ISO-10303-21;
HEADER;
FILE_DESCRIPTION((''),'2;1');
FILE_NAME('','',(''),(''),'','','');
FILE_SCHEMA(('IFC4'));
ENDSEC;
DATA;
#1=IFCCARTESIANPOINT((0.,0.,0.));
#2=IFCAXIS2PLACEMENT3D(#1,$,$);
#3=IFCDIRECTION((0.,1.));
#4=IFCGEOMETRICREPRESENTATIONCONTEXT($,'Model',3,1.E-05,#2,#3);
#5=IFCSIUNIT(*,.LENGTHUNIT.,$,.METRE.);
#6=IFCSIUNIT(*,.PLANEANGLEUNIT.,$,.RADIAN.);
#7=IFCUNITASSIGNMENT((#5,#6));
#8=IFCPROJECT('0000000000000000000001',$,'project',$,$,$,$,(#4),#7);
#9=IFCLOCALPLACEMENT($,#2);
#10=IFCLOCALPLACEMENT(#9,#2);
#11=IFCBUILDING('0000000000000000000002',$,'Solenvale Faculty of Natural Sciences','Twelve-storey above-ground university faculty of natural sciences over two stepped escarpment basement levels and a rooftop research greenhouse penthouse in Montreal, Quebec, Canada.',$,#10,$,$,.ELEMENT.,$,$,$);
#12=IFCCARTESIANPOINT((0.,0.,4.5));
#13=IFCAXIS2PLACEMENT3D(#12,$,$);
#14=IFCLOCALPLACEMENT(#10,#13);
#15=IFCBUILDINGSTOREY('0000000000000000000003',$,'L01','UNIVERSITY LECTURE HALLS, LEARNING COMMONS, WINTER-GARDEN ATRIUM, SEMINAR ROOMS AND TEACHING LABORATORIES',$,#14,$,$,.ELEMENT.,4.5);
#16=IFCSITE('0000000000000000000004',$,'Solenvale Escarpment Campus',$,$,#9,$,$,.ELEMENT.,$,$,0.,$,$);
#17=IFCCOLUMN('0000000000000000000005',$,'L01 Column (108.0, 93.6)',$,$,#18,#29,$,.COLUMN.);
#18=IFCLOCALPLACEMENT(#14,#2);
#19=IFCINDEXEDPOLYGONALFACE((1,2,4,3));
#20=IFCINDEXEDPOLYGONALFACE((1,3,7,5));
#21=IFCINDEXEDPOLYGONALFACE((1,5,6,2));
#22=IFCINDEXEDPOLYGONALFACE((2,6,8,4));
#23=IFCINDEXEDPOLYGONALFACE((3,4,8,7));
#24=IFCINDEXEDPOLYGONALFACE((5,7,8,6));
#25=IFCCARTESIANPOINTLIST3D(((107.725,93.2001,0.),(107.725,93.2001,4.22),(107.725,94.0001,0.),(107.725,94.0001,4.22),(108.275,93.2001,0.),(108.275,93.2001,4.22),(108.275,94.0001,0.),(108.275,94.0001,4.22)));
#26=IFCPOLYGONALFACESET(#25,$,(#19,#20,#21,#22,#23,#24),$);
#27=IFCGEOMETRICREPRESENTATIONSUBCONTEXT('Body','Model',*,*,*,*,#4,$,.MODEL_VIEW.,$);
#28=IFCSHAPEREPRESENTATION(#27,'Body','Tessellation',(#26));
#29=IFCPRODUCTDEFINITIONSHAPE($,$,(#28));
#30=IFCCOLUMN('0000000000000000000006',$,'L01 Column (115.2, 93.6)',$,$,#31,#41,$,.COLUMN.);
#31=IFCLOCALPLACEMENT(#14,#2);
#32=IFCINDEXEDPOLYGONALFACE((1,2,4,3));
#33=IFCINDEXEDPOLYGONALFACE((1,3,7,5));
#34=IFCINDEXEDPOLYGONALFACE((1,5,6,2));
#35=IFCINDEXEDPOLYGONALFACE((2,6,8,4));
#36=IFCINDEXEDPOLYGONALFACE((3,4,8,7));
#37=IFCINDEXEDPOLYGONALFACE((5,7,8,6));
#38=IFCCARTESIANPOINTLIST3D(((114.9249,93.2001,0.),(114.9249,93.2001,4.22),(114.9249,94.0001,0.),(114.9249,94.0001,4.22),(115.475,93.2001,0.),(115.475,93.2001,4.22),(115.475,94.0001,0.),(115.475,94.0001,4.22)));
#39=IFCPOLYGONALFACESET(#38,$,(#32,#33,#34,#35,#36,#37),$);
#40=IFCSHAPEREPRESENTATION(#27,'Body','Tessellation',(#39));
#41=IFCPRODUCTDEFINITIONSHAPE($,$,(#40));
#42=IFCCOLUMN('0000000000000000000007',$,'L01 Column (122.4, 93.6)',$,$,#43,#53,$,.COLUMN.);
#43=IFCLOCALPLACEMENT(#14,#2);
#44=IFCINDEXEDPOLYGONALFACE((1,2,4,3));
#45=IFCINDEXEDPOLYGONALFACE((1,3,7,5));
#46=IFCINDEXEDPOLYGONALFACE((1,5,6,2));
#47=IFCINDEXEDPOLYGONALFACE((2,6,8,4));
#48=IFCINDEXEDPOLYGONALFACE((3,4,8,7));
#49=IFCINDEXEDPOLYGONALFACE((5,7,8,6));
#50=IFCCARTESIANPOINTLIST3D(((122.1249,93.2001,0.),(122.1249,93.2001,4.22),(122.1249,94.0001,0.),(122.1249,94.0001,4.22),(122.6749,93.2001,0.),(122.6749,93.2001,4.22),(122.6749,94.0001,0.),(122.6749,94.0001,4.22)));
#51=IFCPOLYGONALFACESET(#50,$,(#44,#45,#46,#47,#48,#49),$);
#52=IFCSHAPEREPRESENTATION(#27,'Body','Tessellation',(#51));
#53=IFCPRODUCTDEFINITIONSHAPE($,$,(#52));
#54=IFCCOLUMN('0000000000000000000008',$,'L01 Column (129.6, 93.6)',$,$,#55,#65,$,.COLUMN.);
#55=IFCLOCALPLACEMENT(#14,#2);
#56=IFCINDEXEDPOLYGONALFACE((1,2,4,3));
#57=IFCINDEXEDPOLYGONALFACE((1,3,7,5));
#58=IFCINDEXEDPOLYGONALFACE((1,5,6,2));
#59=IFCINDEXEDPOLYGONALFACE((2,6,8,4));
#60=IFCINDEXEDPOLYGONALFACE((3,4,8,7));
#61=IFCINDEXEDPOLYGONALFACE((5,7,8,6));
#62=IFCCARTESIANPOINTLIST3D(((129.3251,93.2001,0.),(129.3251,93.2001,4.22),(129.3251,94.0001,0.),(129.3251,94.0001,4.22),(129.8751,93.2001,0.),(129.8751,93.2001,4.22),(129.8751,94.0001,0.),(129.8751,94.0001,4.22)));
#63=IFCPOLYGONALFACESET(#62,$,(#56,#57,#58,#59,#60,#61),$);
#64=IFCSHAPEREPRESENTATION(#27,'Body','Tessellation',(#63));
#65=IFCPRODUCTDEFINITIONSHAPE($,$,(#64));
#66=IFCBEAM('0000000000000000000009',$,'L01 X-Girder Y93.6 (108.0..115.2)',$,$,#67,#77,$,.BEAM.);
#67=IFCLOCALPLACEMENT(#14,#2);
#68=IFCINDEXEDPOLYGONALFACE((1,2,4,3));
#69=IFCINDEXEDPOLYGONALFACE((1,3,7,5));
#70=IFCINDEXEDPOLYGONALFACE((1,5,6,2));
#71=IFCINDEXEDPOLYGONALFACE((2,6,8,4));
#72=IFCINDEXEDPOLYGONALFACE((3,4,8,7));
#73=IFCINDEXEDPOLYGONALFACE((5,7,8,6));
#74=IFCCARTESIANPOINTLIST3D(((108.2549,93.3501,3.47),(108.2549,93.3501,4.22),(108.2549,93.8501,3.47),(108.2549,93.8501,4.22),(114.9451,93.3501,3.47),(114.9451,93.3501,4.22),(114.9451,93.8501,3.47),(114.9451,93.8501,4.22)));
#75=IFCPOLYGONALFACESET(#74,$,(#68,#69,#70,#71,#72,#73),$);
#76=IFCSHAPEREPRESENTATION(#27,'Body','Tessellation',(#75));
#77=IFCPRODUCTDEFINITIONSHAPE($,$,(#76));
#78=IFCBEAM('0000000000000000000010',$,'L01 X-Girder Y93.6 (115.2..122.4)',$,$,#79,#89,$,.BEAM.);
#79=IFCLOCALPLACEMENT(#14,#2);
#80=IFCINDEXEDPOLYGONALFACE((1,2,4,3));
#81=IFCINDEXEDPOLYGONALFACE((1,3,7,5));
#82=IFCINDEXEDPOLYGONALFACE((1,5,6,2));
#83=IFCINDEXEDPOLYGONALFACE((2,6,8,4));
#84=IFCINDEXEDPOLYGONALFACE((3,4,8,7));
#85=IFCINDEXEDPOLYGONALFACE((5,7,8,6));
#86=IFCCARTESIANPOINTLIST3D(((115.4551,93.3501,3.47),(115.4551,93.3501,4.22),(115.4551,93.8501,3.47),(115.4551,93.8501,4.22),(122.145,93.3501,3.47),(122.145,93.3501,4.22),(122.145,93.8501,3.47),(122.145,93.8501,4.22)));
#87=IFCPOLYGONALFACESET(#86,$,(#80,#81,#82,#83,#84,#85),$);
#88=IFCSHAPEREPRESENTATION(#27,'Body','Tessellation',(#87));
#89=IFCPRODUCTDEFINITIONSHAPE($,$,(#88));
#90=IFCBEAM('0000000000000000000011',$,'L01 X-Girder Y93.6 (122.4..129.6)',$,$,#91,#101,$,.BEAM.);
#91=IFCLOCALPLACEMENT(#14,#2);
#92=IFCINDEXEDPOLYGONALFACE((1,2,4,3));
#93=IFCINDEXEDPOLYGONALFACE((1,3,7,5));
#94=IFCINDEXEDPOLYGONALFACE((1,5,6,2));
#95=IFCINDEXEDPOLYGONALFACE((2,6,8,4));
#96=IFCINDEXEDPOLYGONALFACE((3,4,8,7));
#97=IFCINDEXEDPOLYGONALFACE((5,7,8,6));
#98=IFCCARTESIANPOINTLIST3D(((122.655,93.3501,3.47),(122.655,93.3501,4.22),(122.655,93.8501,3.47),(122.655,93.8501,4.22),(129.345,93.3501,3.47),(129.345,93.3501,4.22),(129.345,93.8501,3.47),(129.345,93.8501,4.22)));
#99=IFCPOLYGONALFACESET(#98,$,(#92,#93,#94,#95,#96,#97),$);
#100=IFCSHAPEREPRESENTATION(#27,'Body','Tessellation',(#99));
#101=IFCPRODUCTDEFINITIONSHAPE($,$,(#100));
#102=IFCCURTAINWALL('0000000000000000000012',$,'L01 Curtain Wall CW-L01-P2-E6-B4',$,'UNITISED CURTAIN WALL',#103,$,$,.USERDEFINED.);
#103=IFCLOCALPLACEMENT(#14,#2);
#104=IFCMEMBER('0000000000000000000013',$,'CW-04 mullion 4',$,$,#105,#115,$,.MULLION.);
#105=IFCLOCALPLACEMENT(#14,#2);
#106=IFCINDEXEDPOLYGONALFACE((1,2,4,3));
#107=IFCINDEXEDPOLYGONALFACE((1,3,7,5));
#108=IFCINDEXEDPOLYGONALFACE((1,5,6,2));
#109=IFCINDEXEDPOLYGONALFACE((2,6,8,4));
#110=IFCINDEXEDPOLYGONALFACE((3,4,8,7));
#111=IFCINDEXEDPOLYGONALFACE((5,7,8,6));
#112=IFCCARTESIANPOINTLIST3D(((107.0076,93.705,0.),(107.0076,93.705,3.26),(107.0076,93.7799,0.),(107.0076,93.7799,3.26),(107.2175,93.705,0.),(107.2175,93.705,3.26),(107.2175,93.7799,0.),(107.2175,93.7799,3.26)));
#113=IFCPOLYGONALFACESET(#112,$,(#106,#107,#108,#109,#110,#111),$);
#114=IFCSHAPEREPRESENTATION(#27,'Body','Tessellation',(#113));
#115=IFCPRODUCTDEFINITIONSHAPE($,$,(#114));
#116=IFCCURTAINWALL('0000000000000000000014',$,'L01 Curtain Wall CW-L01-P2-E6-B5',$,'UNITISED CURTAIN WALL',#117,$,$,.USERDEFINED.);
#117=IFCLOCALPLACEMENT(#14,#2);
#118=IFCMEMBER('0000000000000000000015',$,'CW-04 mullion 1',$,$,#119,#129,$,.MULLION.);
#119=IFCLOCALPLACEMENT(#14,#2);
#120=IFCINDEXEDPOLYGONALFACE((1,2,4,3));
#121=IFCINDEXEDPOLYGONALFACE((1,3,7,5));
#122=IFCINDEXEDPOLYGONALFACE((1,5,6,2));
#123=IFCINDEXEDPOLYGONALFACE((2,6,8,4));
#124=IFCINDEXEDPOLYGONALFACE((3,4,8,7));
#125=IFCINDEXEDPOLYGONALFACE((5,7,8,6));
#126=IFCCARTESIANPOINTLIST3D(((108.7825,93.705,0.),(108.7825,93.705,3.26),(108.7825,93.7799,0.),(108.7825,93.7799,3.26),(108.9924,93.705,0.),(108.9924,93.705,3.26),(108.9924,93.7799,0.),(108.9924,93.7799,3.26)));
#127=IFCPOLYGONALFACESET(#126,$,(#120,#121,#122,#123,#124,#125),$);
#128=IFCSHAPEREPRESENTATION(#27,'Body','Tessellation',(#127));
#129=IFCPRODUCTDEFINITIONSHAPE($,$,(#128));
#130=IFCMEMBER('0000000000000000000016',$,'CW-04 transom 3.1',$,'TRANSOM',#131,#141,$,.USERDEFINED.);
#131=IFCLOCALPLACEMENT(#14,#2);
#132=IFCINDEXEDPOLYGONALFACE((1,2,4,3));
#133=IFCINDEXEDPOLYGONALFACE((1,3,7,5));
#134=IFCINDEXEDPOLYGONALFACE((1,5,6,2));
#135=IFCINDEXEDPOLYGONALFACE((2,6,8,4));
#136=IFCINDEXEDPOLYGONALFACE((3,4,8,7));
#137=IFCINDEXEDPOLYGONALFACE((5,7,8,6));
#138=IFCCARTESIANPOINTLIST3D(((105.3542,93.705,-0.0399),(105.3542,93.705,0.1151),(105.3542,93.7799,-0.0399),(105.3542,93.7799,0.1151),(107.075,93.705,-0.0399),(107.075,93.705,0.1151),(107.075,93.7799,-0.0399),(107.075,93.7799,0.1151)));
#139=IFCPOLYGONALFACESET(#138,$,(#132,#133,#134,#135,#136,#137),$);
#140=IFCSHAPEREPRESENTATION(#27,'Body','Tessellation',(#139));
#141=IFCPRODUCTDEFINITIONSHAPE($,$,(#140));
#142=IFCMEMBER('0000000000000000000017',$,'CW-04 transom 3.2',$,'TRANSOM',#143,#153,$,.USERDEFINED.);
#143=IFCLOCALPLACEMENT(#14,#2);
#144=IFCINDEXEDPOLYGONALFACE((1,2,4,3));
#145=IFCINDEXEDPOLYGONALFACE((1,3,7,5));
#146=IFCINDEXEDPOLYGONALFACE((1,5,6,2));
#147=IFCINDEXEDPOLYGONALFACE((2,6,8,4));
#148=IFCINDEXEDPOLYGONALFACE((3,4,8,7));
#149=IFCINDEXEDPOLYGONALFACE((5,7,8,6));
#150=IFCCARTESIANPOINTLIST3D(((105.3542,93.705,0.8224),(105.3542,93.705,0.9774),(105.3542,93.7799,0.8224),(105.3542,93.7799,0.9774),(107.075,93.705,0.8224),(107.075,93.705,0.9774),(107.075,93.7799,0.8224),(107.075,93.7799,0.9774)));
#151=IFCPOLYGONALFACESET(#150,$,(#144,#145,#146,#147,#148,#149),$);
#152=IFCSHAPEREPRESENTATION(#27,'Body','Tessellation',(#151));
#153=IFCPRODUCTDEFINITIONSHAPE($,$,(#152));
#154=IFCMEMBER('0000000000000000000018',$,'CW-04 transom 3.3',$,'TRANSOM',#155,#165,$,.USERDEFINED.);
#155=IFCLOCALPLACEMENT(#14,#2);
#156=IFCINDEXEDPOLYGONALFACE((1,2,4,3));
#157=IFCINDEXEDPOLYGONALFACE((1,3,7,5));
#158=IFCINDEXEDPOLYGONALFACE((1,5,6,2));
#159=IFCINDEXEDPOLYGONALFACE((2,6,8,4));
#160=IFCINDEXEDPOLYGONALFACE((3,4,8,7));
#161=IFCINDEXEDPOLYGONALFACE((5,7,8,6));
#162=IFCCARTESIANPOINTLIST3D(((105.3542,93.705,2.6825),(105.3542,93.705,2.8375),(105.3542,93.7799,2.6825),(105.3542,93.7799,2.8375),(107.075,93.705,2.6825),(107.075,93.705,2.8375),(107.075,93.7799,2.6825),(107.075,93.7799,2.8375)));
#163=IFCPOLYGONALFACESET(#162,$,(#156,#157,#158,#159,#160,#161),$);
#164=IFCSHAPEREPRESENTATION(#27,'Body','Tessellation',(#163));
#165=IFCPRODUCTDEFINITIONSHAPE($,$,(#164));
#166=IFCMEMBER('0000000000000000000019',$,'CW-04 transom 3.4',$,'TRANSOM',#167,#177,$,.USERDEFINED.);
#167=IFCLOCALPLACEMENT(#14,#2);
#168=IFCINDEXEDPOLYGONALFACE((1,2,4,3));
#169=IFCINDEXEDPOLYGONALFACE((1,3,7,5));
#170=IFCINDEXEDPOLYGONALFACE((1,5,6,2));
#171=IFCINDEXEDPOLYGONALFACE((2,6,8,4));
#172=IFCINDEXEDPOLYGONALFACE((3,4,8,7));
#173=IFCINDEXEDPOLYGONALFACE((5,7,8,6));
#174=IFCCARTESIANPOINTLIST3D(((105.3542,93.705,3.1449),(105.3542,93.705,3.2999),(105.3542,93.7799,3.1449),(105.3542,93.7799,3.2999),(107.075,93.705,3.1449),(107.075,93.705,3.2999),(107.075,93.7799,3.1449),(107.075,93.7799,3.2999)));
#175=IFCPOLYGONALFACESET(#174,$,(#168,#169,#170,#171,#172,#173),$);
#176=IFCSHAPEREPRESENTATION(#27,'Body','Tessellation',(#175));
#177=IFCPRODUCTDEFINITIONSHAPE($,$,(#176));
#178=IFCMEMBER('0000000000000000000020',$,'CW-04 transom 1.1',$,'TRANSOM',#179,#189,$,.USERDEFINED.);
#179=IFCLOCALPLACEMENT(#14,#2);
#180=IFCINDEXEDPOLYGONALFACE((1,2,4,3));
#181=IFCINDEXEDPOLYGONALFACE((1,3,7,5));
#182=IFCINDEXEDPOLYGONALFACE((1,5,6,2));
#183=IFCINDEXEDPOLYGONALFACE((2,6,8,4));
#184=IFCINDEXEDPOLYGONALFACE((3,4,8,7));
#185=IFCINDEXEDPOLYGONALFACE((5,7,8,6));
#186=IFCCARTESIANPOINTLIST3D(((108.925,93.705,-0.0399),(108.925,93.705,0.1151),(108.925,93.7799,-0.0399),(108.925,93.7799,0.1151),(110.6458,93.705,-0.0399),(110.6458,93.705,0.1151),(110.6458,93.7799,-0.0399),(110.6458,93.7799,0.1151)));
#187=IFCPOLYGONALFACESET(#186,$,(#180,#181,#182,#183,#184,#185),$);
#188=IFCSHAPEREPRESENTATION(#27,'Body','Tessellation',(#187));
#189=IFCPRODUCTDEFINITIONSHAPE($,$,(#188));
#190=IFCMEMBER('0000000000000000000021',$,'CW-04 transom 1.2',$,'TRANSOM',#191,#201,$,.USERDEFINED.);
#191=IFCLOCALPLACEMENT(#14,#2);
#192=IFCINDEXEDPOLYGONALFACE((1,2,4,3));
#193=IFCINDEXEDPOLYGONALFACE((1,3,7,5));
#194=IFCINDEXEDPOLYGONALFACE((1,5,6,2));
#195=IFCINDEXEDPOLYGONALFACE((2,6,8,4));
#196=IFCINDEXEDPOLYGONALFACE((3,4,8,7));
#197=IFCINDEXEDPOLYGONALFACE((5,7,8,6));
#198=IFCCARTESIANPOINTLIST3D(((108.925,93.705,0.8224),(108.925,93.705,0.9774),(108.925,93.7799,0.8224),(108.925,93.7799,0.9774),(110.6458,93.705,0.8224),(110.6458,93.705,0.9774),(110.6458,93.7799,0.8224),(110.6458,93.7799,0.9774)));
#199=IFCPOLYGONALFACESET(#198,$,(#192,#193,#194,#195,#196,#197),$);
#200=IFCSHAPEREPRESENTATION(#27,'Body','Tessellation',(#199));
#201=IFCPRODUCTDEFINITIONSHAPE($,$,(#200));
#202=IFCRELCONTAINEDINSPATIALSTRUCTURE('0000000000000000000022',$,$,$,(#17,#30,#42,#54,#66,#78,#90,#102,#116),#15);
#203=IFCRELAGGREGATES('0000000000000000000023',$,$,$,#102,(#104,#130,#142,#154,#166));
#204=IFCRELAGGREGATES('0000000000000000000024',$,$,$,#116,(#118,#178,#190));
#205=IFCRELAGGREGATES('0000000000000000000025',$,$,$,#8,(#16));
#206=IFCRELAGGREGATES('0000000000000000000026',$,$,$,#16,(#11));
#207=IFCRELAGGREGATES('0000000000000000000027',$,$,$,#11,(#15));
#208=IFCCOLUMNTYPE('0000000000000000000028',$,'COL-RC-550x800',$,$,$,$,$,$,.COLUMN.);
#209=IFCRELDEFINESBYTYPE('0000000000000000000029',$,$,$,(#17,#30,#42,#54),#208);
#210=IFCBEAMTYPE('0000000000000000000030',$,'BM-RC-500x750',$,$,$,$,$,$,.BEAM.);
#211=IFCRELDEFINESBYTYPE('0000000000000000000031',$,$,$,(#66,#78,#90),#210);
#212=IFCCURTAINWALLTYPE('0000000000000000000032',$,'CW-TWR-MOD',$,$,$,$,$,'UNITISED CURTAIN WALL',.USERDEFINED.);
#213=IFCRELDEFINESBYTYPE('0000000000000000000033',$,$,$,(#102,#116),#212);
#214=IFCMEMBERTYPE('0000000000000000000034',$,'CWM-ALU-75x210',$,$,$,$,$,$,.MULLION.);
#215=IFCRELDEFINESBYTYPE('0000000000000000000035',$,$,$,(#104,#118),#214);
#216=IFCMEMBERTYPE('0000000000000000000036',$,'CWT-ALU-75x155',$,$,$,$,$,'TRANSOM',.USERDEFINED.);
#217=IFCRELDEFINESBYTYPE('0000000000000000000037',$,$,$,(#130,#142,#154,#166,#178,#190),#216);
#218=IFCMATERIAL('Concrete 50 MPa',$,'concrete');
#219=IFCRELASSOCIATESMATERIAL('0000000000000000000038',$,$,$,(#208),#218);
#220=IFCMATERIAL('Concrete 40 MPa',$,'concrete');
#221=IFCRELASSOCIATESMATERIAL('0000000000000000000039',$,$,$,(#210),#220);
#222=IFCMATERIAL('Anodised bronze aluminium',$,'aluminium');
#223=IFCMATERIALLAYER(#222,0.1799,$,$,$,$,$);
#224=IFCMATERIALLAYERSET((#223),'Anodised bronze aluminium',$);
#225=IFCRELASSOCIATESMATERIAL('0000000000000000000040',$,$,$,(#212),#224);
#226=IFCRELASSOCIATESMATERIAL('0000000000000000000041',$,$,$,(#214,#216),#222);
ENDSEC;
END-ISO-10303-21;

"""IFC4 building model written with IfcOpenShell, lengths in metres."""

from ifc_helpers import new_model, si_unit, direction, frame, origin, origin_2d, place, context, subcontext, project, spatial, rectangle, extrude, material, layer, layer_set, material_profile, profile_set, type_object, element, aggregate, save


model = new_model("IFC4")

# Units and contexts
model_context = context("Model", 3, precision=1e-05, world=origin(), true_north=direction((0.0, 1.0)))
body_context = subcontext(model_context, "Body", "Model", "MODEL_VIEW")
ifc_project = project(units=[si_unit("LENGTHUNIT", "METRE"), si_unit("PLANEANGLEUNIT", "RADIAN")], contexts=[model_context])

# Site, building, storey
site_placement = place(None, origin())
site = spatial("IfcSite", under=ifc_project, at=site_placement, Name="Solenvale Escarpment Campus", CompositionType="ELEMENT", RefElevation=0.0)
building_placement = place(site_placement, origin())
building = spatial("IfcBuilding", under=site, at=building_placement, Name="Solenvale Faculty of Natural Sciences", Description="Twelve-storey above-ground university faculty of natural sciences over two stepped escarpment basement levels and a rooftop research greenhouse penthouse in Montreal, Quebec, Canada.", CompositionType="ELEMENT")
storey_placement = place(building_placement, frame((0.0, 0.0, 4.5)))
storey = spatial("IfcBuildingStorey", under=building, at=storey_placement, Name="L01", Description="UNIVERSITY LECTURE HALLS, LEARNING COMMONS, WINTER-GARDEN ATRIUM, SEMINAR ROOMS AND TEACHING LABORATORIES", CompositionType="ELEMENT", Elevation=4.5)

# Columns
ifc_material_1 = material(Name="Concrete 50 MPa", Category="concrete")
ifc_material_profile_1 = material_profile(ifc_material_1, rectangle(XDim=0.55, YDim=0.8, at=origin_2d()), Name="RC-COL-550x800")
ifc_profile_set_1 = profile_set([ifc_material_profile_1], Name="Concrete 50 MPa")
column_type = type_object("IfcColumnType", Name="COL-RC-550x800", PredefinedType="COLUMN", material=ifc_profile_set_1)
for number, where, z_axis, x_axis, name in (
    (1, (108.0, 93.6001, 0.0), (0.0, 0.0, 1.0), (1.0, 0.0, 0.0), "L01 Column (108.0, 93.6)"),
    (2, (115.2, 93.6001, 0.0), (0.0, 0.0, 1.0), (1.0, 0.0, 0.0), "L01 Column (115.2, 93.6)"),
    (3, (122.3999, 93.6001, 0.0), (0.0, 0.0, 1.0), (1.0, 0.0, 0.0), "L01 Column (122.4, 93.6)"),
    (4, (129.6001, 93.6001, 0.0), (0.0, 0.0, 1.0), (1.0, 0.0, 0.0), "L01 Column (129.6, 93.6)"),
):
    element("IfcColumn", number, at=place(storey_placement, frame(where, z_axis=z_axis, x_axis=x_axis)), inside=storey, type_object=column_type, Name=name, PredefinedType="COLUMN", context=body_context, shape_type="SweptSolid", body=[
        extrude(rectangle(XDim=0.55, YDim=0.8, at=origin_2d()), origin(), (0.0, 0.0, 1.0), 4.22),
    ])

# Beams
ifc_material_2 = material(Name="Concrete 40 MPa", Category="concrete")
ifc_material_profile_2 = material_profile(ifc_material_2, rectangle(XDim=0.5, YDim=0.75, at=origin_2d()), Name="RC-BM-500x750")
ifc_profile_set_2 = profile_set([ifc_material_profile_2], Name="Concrete 40 MPa")
beam_type = type_object("IfcBeamType", Name="BM-RC-500x750", PredefinedType="BEAM", material=ifc_profile_set_2)
beam_placement = place(storey_placement, frame((108.2549, 93.6001, 3.845), z_axis=(1.0, 0.0, 0.0), x_axis=(0.0, 1.0, 0.0)))
element("IfcBeam", 5, at=beam_placement, inside=storey, type_object=beam_type, Name="L01 X-Girder Y93.6 (108.0..115.2)", PredefinedType="BEAM", context=body_context, shape_type="SweptSolid", body=[
    extrude(rectangle(XDim=0.5, YDim=0.75, at=origin_2d()), origin(), (0.0, 0.0, 1.0), 6.6902),
])
for number, where, z_axis, x_axis, name in (
    (6, (115.4551, 93.6001, 3.845), (1.0, 0.0, 0.0), (0.0, 1.0, 0.0), "L01 X-Girder Y93.6 (115.2..122.4)"),
    (7, (122.655, 93.6001, 3.845), (1.0, 0.0, 0.0), (0.0, 1.0, 0.0), "L01 X-Girder Y93.6 (122.4..129.6)"),
):
    element("IfcBeam", number, at=place(storey_placement, frame(where, z_axis=z_axis, x_axis=x_axis)), inside=storey, type_object=beam_type, Name=name, PredefinedType="BEAM", context=body_context, shape_type="SweptSolid", body=[
        extrude(rectangle(XDim=0.5, YDim=0.75, at=origin_2d()), origin(), (0.0, 0.0, 1.0), 6.6899),
    ])

# Curtain walls, members
ifc_material_3 = material(Name="Anodised bronze aluminium", Category="aluminium")
ifc_layer_1 = layer(ifc_material_3, 0.1799)
ifc_layer_set_1 = layer_set([ifc_layer_1], Name="Anodised bronze aluminium")
curtain_wall_type = type_object("IfcCurtainWallType", Name="CW-TWR-MOD", ElementType="UNITISED CURTAIN WALL", PredefinedType="USERDEFINED", material=ifc_layer_set_1)
curtain_wall_1_placement = place(storey_placement, origin())
curtain_wall_1 = element("IfcCurtainWall", 8, at=curtain_wall_1_placement, inside=storey, type_object=curtain_wall_type, Name="L01 Curtain Wall CW-L01-P2-E6-B4", ObjectType="UNITISED CURTAIN WALL", PredefinedType="USERDEFINED")
ifc_material_profile_3 = material_profile(ifc_material_3, rectangle(XDim=0.075, YDim=0.21, at=origin_2d()), Name="ALU-MUL-75x210")
ifc_profile_set_3 = profile_set([ifc_material_profile_3], Name="Anodised bronze aluminium")
member_type_1 = type_object("IfcMemberType", Name="CWM-ALU-75x210", PredefinedType="MULLION", material=ifc_profile_set_3)
member_1_placement = place(storey_placement, frame((107.1125, 93.7424, 0.0), z_axis=(0.0, 0.0, 1.0), x_axis=(0.0, 1.0, 0.0)))
member_1 = element("IfcMember", 9, at=member_1_placement, type_object=member_type_1, Name="CW-04 mullion 4", PredefinedType="MULLION", context=body_context, shape_type="SweptSolid", body=[
    extrude(rectangle(XDim=0.075, YDim=0.21, at=origin_2d()), origin(), (0.0, 0.0, 1.0), 3.26),
])
curtain_wall_2_placement = place(storey_placement, origin())
curtain_wall_2 = element("IfcCurtainWall", 10, at=curtain_wall_2_placement, inside=storey, type_object=curtain_wall_type, Name="L01 Curtain Wall CW-L01-P2-E6-B5", ObjectType="UNITISED CURTAIN WALL", PredefinedType="USERDEFINED")
member_2_placement = place(storey_placement, frame((108.8875, 93.7424, 0.0), z_axis=(0.0, 0.0, 1.0), x_axis=(0.0, 1.0, 0.0)))
member_2 = element("IfcMember", 11, at=member_2_placement, type_object=member_type_1, Name="CW-04 mullion 1", PredefinedType="MULLION", context=body_context, shape_type="SweptSolid", body=[
    extrude(rectangle(XDim=0.075, YDim=0.21, at=origin_2d()), origin(), (0.0, 0.0, 1.0), 3.26),
])

# Members
ifc_material_profile_4 = material_profile(ifc_material_3, rectangle(XDim=0.075, YDim=0.155, at=origin_2d()), Name="ALU-TRN-75x155")
ifc_profile_set_4 = profile_set([ifc_material_profile_4], Name="Anodised bronze aluminium")
member_type_2 = type_object("IfcMemberType", Name="CWT-ALU-75x155", ElementType="TRANSOM", PredefinedType="USERDEFINED", material=ifc_profile_set_4)
member_3_placement = place(storey_placement, frame((105.3542, 93.7424, 0.0376), z_axis=(1.0, 0.0, 0.0), x_axis=(0.0, 1.0, 0.0)))
member_3 = element("IfcMember", 12, at=member_3_placement, type_object=member_type_2, Name="CW-04 transom 3.1", ObjectType="TRANSOM", PredefinedType="USERDEFINED", context=body_context, shape_type="SweptSolid", body=[
    extrude(rectangle(XDim=0.075, YDim=0.155, at=origin_2d()), origin(), (0.0, 0.0, 1.0), 1.7207),
])
member_4_placement = place(storey_placement, frame((105.3542, 93.7424, 0.8999), z_axis=(1.0, 0.0, 0.0), x_axis=(0.0, 1.0, 0.0)))
member_4 = element("IfcMember", 13, at=member_4_placement, type_object=member_type_2, Name="CW-04 transom 3.2", ObjectType="TRANSOM", PredefinedType="USERDEFINED", context=body_context, shape_type="SweptSolid", body=[
    extrude(rectangle(XDim=0.075, YDim=0.155, at=origin_2d()), origin(), (0.0, 0.0, 1.0), 1.7207),
])
member_5_placement = place(storey_placement, frame((105.3542, 93.7424, 2.76), z_axis=(1.0, 0.0, 0.0), x_axis=(0.0, 1.0, 0.0)))
member_5 = element("IfcMember", 14, at=member_5_placement, type_object=member_type_2, Name="CW-04 transom 3.3", ObjectType="TRANSOM", PredefinedType="USERDEFINED", context=body_context, shape_type="SweptSolid", body=[
    extrude(rectangle(XDim=0.075, YDim=0.155, at=origin_2d()), origin(), (0.0, 0.0, 1.0), 1.7207),
])
member_6_placement = place(storey_placement, frame((105.3542, 93.7424, 3.2224), z_axis=(1.0, 0.0, 0.0), x_axis=(0.0, 1.0, 0.0)))
member_6 = element("IfcMember", 15, at=member_6_placement, type_object=member_type_2, Name="CW-04 transom 3.4", ObjectType="TRANSOM", PredefinedType="USERDEFINED", context=body_context, shape_type="SweptSolid", body=[
    extrude(rectangle(XDim=0.075, YDim=0.155, at=origin_2d()), origin(), (0.0, 0.0, 1.0), 1.7207),
])
member_7_placement = place(storey_placement, frame((108.925, 93.7424, 0.0376), z_axis=(1.0, 0.0, 0.0), x_axis=(0.0, 1.0, 0.0)))
member_7 = element("IfcMember", 16, at=member_7_placement, type_object=member_type_2, Name="CW-04 transom 1.1", ObjectType="TRANSOM", PredefinedType="USERDEFINED", context=body_context, shape_type="SweptSolid", body=[
    extrude(rectangle(XDim=0.075, YDim=0.155, at=origin_2d()), origin(), (0.0, 0.0, 1.0), 1.7207),
])
member_8_placement = place(storey_placement, frame((108.925, 93.7424, 0.8999), z_axis=(1.0, 0.0, 0.0), x_axis=(0.0, 1.0, 0.0)))
member_8 = element("IfcMember", 17, at=member_8_placement, type_object=member_type_2, Name="CW-04 transom 1.2", ObjectType="TRANSOM", PredefinedType="USERDEFINED", context=body_context, shape_type="SweptSolid", body=[
    extrude(rectangle(XDim=0.075, YDim=0.155, at=origin_2d()), origin(), (0.0, 0.0, 1.0), 1.7207),
])

aggregate(curtain_wall_1, [member_1, member_3, member_4, member_5, member_6])
aggregate(curtain_wall_2, [member_2, member_7, member_8])

save(model, "model.ifc")
